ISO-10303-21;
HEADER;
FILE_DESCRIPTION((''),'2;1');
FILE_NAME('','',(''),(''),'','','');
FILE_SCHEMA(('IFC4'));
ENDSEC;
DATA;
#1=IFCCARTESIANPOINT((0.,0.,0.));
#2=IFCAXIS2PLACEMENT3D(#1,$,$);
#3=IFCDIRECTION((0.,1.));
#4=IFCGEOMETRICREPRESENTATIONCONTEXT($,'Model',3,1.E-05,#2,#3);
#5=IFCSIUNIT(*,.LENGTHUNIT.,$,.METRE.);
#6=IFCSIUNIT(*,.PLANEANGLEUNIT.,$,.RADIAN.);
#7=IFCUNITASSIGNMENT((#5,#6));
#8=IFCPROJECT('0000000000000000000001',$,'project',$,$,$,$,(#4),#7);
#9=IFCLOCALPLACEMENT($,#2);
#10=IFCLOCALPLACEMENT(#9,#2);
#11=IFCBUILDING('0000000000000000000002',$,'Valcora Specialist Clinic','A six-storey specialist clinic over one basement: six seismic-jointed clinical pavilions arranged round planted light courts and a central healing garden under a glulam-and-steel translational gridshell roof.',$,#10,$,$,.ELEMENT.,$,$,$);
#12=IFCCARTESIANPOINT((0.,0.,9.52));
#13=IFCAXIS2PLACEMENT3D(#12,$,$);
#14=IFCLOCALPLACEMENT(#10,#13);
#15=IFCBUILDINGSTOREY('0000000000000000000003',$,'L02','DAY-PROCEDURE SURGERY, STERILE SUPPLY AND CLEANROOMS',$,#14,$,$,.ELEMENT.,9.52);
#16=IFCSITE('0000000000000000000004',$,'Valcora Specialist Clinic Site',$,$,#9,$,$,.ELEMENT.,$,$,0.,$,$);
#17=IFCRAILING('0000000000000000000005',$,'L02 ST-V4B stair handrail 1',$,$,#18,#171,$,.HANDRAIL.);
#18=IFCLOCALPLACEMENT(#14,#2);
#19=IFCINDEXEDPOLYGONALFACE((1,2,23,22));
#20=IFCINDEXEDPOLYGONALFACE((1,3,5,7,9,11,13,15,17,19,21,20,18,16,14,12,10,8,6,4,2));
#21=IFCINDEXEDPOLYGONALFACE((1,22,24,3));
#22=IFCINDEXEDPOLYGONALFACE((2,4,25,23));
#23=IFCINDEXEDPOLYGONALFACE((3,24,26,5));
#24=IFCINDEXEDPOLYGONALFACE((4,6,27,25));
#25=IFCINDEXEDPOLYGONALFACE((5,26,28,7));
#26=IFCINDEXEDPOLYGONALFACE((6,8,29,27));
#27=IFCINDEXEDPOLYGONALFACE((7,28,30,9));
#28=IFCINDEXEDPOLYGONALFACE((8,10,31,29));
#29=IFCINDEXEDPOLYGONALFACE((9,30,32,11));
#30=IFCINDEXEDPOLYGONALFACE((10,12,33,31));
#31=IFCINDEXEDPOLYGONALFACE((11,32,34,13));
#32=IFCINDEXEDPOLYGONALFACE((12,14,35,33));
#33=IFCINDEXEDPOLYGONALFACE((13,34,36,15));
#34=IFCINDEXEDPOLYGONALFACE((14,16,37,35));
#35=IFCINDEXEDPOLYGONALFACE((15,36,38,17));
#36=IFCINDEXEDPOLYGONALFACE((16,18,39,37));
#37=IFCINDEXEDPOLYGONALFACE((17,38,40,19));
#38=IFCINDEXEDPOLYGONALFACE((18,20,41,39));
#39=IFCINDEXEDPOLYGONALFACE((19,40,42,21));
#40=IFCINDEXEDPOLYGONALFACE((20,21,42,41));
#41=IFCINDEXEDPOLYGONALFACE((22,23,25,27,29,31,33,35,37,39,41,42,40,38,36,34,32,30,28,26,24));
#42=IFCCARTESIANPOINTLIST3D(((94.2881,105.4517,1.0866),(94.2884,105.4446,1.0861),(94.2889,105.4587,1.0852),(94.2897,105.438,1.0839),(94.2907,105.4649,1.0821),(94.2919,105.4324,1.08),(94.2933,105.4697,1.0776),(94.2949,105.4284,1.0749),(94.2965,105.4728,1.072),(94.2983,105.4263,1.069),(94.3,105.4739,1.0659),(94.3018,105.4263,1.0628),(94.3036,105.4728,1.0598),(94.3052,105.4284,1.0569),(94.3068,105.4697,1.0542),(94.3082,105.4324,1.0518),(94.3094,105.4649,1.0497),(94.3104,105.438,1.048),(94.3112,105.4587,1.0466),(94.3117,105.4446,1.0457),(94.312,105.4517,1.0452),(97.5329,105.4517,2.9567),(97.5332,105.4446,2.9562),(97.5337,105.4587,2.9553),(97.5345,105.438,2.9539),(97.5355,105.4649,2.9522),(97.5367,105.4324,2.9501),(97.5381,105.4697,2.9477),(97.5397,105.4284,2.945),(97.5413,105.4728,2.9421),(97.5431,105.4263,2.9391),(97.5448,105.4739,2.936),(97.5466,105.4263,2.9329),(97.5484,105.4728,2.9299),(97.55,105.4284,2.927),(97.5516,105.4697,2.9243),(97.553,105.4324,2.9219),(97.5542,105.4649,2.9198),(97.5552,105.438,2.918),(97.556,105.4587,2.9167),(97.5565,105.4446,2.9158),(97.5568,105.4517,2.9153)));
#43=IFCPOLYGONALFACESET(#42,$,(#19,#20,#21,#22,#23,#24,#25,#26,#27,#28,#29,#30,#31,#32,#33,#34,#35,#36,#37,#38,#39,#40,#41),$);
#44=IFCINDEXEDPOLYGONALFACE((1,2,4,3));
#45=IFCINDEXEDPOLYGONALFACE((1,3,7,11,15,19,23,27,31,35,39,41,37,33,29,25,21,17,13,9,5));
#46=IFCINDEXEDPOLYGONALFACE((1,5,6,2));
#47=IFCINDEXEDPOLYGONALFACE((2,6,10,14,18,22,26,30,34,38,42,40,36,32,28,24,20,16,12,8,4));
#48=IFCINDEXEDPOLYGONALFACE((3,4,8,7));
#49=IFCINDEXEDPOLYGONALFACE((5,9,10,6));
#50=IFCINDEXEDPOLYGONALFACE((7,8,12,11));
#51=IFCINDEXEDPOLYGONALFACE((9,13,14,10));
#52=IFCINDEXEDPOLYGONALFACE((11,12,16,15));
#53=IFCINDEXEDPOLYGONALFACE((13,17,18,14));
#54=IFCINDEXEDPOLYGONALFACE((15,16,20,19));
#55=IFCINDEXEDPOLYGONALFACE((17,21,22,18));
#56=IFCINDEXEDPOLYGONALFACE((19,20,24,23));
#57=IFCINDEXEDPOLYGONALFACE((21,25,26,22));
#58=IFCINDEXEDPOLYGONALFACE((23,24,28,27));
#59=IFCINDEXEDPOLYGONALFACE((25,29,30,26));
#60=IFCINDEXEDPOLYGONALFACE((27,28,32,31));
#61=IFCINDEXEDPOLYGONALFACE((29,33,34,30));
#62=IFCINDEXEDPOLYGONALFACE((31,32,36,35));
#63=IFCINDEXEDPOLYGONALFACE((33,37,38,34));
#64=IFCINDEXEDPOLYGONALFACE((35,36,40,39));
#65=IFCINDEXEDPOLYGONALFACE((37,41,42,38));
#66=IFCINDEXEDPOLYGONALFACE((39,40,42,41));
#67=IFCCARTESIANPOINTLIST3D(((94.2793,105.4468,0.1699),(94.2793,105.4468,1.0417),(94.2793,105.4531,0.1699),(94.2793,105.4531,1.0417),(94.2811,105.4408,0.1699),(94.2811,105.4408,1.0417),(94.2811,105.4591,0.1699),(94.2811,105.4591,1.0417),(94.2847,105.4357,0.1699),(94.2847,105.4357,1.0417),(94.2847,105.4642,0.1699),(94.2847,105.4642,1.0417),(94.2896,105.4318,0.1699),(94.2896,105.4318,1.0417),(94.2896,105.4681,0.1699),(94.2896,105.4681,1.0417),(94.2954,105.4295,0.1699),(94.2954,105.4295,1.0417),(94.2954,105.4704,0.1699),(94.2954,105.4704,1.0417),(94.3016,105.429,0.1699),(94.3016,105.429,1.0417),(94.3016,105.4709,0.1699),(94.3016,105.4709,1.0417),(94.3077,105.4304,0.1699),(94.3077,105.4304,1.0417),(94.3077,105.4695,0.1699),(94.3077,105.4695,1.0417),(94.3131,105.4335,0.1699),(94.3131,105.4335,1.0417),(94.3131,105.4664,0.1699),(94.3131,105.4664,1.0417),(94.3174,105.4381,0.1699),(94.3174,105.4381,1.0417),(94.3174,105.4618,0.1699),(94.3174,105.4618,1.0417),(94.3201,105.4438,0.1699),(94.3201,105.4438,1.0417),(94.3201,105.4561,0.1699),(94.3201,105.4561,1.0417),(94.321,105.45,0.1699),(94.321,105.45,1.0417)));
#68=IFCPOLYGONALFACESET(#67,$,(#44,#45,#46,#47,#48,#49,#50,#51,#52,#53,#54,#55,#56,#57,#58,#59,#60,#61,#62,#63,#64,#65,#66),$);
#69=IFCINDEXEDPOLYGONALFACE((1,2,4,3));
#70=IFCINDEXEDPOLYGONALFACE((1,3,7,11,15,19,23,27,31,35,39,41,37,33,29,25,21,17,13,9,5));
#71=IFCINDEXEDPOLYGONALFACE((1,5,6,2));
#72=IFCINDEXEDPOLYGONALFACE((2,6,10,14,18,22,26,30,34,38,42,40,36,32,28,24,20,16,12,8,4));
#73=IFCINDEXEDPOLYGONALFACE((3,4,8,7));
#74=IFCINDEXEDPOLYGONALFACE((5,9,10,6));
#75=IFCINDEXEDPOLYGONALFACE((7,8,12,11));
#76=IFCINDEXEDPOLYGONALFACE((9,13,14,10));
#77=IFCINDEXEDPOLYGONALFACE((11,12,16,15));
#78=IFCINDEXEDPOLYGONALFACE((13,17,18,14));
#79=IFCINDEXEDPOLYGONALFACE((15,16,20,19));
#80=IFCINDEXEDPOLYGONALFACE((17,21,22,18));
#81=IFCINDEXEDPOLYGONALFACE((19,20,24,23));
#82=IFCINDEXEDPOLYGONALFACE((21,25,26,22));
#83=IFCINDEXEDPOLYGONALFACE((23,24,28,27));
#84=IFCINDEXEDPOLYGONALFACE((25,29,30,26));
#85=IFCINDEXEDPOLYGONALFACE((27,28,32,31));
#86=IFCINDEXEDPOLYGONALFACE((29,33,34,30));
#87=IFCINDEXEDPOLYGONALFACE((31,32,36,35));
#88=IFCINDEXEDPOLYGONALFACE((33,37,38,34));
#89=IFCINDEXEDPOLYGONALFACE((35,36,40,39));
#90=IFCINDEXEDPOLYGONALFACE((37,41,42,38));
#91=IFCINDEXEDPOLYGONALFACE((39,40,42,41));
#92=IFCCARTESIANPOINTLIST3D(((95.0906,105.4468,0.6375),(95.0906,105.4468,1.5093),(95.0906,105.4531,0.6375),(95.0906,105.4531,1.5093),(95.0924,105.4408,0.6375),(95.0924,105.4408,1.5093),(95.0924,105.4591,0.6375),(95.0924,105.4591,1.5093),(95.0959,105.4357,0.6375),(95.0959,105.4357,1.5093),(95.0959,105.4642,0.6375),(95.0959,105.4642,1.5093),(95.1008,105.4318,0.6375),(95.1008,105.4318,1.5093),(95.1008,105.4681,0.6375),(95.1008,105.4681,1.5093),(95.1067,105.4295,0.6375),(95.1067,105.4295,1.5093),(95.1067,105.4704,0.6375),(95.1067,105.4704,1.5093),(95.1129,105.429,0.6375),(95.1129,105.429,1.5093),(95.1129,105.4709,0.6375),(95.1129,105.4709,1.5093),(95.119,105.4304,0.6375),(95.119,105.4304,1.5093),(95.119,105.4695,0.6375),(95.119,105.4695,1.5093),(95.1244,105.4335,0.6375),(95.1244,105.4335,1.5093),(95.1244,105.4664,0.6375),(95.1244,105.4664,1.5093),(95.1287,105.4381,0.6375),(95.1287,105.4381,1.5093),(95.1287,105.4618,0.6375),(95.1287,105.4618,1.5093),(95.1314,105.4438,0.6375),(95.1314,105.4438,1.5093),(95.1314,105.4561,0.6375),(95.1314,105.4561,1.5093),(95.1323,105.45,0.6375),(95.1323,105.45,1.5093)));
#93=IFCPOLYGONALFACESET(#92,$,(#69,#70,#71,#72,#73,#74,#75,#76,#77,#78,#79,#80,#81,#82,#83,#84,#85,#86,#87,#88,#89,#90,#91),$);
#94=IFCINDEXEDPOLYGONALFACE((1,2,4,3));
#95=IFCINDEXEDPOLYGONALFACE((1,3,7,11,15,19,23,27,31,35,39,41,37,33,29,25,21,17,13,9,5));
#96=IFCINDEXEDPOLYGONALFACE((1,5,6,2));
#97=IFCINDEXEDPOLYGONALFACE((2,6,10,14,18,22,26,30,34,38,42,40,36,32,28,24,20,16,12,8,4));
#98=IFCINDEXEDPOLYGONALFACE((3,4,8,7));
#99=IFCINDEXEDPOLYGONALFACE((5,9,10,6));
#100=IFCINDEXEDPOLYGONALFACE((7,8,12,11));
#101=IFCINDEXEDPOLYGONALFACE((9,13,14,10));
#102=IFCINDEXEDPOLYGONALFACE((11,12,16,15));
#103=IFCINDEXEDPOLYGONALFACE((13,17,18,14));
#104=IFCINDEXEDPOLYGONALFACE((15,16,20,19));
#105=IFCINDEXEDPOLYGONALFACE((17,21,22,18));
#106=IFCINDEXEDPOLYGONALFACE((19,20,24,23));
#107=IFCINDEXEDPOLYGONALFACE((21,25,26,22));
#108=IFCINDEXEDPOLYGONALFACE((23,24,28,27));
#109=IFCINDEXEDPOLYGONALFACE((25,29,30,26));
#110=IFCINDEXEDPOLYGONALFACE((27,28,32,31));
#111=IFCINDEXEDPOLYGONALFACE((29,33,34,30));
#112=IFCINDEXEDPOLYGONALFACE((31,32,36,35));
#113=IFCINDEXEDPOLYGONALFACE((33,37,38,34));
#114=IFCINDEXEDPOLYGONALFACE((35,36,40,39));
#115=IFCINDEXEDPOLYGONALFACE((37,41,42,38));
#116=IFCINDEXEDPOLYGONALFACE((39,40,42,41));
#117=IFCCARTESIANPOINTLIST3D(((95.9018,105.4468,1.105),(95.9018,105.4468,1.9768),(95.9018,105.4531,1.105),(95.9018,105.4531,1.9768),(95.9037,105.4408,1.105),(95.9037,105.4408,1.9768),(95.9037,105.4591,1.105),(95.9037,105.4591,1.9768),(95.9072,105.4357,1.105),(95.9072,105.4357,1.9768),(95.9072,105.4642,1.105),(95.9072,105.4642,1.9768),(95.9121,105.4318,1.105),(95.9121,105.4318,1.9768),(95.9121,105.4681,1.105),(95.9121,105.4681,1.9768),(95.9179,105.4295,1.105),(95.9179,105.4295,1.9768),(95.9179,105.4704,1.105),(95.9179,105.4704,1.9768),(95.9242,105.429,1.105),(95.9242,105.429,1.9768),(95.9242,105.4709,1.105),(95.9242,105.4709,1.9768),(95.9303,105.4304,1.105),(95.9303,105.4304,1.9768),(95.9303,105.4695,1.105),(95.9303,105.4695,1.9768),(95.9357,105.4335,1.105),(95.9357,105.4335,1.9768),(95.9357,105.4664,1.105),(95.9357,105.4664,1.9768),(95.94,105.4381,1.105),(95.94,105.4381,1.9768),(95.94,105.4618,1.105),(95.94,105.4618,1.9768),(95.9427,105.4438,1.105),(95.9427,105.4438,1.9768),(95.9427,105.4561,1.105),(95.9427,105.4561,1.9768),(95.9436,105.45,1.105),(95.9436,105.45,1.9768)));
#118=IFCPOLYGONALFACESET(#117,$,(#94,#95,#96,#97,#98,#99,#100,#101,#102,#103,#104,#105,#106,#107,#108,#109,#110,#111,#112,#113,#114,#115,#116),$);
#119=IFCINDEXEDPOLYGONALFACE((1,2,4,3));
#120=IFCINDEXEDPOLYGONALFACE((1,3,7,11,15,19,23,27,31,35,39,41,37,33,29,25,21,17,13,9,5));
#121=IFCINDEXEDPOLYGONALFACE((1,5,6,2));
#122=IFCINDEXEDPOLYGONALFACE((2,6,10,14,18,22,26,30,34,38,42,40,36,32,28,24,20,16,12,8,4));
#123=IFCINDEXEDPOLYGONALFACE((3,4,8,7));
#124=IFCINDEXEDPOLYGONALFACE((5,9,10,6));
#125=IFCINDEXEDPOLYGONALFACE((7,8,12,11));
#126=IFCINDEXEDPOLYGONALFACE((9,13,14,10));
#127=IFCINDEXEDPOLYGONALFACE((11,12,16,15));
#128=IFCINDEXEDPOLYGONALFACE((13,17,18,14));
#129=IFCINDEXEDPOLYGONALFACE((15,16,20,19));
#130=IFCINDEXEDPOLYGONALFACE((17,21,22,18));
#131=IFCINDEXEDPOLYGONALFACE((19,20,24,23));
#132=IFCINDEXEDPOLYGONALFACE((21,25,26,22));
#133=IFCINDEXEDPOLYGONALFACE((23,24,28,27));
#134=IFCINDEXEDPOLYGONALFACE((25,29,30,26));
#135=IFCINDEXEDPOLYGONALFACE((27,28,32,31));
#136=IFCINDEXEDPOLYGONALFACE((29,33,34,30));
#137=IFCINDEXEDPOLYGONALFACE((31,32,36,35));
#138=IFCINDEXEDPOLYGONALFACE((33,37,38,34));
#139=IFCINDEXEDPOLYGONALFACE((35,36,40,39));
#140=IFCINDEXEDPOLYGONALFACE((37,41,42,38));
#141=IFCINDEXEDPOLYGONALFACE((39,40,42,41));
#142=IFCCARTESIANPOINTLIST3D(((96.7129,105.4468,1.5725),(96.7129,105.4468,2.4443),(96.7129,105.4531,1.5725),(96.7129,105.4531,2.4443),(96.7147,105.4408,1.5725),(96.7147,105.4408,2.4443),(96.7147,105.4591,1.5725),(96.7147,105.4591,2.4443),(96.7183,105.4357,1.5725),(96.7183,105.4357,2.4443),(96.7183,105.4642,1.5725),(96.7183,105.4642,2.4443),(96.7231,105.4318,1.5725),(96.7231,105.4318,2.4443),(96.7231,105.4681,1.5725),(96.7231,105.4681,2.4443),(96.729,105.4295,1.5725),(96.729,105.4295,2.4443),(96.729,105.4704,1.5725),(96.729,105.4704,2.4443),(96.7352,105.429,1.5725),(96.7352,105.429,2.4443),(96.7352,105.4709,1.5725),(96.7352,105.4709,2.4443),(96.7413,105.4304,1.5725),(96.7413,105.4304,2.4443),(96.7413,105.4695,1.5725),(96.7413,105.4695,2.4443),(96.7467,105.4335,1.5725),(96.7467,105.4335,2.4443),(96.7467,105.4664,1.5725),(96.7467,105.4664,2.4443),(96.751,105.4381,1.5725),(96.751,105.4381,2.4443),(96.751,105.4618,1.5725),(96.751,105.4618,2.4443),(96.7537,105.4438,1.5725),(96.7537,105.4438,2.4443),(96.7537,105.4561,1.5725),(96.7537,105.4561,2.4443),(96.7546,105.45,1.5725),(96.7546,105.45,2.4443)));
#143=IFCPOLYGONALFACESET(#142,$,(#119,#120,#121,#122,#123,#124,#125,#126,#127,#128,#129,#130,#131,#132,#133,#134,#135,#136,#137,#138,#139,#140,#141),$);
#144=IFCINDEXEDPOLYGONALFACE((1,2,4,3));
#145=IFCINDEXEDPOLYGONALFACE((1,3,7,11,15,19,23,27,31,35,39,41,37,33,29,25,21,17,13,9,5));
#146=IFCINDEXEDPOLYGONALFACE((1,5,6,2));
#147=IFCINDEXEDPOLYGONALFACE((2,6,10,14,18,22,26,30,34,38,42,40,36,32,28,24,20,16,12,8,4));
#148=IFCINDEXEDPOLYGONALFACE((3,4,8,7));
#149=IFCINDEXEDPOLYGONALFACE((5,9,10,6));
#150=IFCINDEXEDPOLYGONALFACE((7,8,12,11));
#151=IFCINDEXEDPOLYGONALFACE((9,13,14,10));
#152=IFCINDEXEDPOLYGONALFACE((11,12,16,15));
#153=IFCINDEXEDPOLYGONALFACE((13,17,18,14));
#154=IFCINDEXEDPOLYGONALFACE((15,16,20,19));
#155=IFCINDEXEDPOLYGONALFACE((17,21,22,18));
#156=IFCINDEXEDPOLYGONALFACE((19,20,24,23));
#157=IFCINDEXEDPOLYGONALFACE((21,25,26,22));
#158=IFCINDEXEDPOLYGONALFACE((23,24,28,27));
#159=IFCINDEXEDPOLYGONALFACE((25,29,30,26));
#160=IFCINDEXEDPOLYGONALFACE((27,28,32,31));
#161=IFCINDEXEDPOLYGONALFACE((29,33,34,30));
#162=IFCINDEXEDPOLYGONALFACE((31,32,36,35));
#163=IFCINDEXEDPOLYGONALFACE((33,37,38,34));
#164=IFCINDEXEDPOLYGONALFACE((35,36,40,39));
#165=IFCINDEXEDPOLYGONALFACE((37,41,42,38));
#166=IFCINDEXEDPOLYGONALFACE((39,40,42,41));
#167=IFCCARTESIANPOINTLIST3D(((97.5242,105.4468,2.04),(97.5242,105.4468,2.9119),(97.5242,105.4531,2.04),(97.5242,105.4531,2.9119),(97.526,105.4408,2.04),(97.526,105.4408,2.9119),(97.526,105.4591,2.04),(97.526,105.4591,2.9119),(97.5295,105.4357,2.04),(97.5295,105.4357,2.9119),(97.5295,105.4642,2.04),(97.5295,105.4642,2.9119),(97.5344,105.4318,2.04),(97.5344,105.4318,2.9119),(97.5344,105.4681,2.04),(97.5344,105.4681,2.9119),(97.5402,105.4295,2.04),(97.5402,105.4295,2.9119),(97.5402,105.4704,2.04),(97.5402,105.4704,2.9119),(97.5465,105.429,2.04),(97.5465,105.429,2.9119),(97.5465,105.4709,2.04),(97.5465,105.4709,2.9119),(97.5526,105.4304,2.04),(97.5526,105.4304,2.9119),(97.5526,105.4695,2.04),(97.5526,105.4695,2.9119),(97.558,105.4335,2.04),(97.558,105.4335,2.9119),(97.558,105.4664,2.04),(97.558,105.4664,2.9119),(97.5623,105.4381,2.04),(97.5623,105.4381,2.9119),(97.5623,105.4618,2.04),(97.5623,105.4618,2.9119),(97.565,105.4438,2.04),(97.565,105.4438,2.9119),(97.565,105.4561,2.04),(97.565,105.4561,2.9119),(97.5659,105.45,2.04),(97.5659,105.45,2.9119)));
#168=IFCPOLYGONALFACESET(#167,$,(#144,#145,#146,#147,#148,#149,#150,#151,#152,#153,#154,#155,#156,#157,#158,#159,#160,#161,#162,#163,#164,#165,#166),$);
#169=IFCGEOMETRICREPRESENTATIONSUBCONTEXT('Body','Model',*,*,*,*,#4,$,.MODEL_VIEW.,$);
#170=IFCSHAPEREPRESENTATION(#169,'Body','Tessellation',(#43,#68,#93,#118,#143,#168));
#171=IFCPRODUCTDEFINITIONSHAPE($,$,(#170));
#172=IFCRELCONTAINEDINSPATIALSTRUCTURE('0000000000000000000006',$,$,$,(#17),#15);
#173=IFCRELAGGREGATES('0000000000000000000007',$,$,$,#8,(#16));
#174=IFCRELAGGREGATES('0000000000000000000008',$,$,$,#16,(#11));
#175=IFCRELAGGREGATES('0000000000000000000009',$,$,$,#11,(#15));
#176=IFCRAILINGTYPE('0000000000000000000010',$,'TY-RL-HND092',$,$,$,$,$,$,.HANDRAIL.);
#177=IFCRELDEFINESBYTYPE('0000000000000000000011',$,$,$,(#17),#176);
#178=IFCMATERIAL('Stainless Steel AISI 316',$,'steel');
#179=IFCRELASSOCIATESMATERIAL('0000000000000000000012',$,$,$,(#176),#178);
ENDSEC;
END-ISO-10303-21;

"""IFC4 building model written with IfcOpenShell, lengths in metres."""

from ifc_helpers import new_model, si_unit, direction, frame, origin, origin_2d, place, context, subcontext, project, spatial, circle, extrude, material, type_object, element, save


model = new_model("IFC4")

# Units and contexts
model_context = context("Model", 3, precision=1e-05, world=origin(), true_north=direction((0.0, 1.0)))
body_context = subcontext(model_context, "Body", "Model", "MODEL_VIEW")
ifc_project = project(units=[si_unit("LENGTHUNIT", "METRE"), si_unit("PLANEANGLEUNIT", "RADIAN")], contexts=[model_context])

# Site, building, storey
site_placement = place(None, origin())
site = spatial("IfcSite", under=ifc_project, at=site_placement, Name="Valcora Specialist Clinic Site", CompositionType="ELEMENT", RefElevation=0.0)
building_placement = place(site_placement, origin())
building = spatial("IfcBuilding", under=site, at=building_placement, Name="Valcora Specialist Clinic", Description="A six-storey specialist clinic over one basement: six seismic-jointed clinical pavilions arranged round planted light courts and a central healing garden under a glulam-and-steel translational gridshell roof.", CompositionType="ELEMENT")
storey_placement = place(building_placement, frame((0.0, 0.0, 9.52)))
storey = spatial("IfcBuildingStorey", under=building, at=storey_placement, Name="L02", Description="DAY-PROCEDURE SURGERY, STERILE SUPPLY AND CLEANROOMS", CompositionType="ELEMENT", Elevation=9.52)

# Railing
ifc_material_1 = material(Name="Stainless Steel AISI 316", Category="steel")
railing_type_1 = type_object("IfcRailingType", Name="TY-RL-HND092", PredefinedType="HANDRAIL", material=ifc_material_1)
railing_1_placement = place(storey_placement, frame((94.3, 105.45, 0.1699)))
element("IfcRailing", 1, at=railing_1_placement, inside=storey, type_object=railing_type_1, Name="L02 ST-V4B stair handrail 1", PredefinedType="HANDRAIL", context=body_context, shape_type="SweptSolid", body=[
    extrude(circle(Radius=0.0239, at=origin_2d()), frame((0.0, 0.0, 0.896), z_axis=(0.866408, 0.0, 0.499337), x_axis=(0.0, 1.0, 0.0)), (0.0, 0.0, 1.0), 3.7451),
    extrude(circle(Radius=0.021, at=origin_2d()), origin(), (0.0, 0.0, 1.0), 0.8718),
    extrude(circle(Radius=0.021, at=origin_2d()), frame((0.8113, 0.0, 0.4675)), (0.0, 0.0, 1.0), 0.8718),
    extrude(circle(Radius=0.021, at=origin_2d()), frame((1.6226, 0.0, 0.9351)), (0.0, 0.0, 1.0), 0.8718),
    extrude(circle(Radius=0.021, at=origin_2d()), frame((2.4336, 0.0, 1.4026)), (0.0, 0.0, 1.0), 0.8718),
    extrude(circle(Radius=0.021, at=origin_2d()), frame((3.2449, 0.0, 1.8701)), (0.0, 0.0, 1.0), 0.8718),
])

save(model, "model.ifc")
